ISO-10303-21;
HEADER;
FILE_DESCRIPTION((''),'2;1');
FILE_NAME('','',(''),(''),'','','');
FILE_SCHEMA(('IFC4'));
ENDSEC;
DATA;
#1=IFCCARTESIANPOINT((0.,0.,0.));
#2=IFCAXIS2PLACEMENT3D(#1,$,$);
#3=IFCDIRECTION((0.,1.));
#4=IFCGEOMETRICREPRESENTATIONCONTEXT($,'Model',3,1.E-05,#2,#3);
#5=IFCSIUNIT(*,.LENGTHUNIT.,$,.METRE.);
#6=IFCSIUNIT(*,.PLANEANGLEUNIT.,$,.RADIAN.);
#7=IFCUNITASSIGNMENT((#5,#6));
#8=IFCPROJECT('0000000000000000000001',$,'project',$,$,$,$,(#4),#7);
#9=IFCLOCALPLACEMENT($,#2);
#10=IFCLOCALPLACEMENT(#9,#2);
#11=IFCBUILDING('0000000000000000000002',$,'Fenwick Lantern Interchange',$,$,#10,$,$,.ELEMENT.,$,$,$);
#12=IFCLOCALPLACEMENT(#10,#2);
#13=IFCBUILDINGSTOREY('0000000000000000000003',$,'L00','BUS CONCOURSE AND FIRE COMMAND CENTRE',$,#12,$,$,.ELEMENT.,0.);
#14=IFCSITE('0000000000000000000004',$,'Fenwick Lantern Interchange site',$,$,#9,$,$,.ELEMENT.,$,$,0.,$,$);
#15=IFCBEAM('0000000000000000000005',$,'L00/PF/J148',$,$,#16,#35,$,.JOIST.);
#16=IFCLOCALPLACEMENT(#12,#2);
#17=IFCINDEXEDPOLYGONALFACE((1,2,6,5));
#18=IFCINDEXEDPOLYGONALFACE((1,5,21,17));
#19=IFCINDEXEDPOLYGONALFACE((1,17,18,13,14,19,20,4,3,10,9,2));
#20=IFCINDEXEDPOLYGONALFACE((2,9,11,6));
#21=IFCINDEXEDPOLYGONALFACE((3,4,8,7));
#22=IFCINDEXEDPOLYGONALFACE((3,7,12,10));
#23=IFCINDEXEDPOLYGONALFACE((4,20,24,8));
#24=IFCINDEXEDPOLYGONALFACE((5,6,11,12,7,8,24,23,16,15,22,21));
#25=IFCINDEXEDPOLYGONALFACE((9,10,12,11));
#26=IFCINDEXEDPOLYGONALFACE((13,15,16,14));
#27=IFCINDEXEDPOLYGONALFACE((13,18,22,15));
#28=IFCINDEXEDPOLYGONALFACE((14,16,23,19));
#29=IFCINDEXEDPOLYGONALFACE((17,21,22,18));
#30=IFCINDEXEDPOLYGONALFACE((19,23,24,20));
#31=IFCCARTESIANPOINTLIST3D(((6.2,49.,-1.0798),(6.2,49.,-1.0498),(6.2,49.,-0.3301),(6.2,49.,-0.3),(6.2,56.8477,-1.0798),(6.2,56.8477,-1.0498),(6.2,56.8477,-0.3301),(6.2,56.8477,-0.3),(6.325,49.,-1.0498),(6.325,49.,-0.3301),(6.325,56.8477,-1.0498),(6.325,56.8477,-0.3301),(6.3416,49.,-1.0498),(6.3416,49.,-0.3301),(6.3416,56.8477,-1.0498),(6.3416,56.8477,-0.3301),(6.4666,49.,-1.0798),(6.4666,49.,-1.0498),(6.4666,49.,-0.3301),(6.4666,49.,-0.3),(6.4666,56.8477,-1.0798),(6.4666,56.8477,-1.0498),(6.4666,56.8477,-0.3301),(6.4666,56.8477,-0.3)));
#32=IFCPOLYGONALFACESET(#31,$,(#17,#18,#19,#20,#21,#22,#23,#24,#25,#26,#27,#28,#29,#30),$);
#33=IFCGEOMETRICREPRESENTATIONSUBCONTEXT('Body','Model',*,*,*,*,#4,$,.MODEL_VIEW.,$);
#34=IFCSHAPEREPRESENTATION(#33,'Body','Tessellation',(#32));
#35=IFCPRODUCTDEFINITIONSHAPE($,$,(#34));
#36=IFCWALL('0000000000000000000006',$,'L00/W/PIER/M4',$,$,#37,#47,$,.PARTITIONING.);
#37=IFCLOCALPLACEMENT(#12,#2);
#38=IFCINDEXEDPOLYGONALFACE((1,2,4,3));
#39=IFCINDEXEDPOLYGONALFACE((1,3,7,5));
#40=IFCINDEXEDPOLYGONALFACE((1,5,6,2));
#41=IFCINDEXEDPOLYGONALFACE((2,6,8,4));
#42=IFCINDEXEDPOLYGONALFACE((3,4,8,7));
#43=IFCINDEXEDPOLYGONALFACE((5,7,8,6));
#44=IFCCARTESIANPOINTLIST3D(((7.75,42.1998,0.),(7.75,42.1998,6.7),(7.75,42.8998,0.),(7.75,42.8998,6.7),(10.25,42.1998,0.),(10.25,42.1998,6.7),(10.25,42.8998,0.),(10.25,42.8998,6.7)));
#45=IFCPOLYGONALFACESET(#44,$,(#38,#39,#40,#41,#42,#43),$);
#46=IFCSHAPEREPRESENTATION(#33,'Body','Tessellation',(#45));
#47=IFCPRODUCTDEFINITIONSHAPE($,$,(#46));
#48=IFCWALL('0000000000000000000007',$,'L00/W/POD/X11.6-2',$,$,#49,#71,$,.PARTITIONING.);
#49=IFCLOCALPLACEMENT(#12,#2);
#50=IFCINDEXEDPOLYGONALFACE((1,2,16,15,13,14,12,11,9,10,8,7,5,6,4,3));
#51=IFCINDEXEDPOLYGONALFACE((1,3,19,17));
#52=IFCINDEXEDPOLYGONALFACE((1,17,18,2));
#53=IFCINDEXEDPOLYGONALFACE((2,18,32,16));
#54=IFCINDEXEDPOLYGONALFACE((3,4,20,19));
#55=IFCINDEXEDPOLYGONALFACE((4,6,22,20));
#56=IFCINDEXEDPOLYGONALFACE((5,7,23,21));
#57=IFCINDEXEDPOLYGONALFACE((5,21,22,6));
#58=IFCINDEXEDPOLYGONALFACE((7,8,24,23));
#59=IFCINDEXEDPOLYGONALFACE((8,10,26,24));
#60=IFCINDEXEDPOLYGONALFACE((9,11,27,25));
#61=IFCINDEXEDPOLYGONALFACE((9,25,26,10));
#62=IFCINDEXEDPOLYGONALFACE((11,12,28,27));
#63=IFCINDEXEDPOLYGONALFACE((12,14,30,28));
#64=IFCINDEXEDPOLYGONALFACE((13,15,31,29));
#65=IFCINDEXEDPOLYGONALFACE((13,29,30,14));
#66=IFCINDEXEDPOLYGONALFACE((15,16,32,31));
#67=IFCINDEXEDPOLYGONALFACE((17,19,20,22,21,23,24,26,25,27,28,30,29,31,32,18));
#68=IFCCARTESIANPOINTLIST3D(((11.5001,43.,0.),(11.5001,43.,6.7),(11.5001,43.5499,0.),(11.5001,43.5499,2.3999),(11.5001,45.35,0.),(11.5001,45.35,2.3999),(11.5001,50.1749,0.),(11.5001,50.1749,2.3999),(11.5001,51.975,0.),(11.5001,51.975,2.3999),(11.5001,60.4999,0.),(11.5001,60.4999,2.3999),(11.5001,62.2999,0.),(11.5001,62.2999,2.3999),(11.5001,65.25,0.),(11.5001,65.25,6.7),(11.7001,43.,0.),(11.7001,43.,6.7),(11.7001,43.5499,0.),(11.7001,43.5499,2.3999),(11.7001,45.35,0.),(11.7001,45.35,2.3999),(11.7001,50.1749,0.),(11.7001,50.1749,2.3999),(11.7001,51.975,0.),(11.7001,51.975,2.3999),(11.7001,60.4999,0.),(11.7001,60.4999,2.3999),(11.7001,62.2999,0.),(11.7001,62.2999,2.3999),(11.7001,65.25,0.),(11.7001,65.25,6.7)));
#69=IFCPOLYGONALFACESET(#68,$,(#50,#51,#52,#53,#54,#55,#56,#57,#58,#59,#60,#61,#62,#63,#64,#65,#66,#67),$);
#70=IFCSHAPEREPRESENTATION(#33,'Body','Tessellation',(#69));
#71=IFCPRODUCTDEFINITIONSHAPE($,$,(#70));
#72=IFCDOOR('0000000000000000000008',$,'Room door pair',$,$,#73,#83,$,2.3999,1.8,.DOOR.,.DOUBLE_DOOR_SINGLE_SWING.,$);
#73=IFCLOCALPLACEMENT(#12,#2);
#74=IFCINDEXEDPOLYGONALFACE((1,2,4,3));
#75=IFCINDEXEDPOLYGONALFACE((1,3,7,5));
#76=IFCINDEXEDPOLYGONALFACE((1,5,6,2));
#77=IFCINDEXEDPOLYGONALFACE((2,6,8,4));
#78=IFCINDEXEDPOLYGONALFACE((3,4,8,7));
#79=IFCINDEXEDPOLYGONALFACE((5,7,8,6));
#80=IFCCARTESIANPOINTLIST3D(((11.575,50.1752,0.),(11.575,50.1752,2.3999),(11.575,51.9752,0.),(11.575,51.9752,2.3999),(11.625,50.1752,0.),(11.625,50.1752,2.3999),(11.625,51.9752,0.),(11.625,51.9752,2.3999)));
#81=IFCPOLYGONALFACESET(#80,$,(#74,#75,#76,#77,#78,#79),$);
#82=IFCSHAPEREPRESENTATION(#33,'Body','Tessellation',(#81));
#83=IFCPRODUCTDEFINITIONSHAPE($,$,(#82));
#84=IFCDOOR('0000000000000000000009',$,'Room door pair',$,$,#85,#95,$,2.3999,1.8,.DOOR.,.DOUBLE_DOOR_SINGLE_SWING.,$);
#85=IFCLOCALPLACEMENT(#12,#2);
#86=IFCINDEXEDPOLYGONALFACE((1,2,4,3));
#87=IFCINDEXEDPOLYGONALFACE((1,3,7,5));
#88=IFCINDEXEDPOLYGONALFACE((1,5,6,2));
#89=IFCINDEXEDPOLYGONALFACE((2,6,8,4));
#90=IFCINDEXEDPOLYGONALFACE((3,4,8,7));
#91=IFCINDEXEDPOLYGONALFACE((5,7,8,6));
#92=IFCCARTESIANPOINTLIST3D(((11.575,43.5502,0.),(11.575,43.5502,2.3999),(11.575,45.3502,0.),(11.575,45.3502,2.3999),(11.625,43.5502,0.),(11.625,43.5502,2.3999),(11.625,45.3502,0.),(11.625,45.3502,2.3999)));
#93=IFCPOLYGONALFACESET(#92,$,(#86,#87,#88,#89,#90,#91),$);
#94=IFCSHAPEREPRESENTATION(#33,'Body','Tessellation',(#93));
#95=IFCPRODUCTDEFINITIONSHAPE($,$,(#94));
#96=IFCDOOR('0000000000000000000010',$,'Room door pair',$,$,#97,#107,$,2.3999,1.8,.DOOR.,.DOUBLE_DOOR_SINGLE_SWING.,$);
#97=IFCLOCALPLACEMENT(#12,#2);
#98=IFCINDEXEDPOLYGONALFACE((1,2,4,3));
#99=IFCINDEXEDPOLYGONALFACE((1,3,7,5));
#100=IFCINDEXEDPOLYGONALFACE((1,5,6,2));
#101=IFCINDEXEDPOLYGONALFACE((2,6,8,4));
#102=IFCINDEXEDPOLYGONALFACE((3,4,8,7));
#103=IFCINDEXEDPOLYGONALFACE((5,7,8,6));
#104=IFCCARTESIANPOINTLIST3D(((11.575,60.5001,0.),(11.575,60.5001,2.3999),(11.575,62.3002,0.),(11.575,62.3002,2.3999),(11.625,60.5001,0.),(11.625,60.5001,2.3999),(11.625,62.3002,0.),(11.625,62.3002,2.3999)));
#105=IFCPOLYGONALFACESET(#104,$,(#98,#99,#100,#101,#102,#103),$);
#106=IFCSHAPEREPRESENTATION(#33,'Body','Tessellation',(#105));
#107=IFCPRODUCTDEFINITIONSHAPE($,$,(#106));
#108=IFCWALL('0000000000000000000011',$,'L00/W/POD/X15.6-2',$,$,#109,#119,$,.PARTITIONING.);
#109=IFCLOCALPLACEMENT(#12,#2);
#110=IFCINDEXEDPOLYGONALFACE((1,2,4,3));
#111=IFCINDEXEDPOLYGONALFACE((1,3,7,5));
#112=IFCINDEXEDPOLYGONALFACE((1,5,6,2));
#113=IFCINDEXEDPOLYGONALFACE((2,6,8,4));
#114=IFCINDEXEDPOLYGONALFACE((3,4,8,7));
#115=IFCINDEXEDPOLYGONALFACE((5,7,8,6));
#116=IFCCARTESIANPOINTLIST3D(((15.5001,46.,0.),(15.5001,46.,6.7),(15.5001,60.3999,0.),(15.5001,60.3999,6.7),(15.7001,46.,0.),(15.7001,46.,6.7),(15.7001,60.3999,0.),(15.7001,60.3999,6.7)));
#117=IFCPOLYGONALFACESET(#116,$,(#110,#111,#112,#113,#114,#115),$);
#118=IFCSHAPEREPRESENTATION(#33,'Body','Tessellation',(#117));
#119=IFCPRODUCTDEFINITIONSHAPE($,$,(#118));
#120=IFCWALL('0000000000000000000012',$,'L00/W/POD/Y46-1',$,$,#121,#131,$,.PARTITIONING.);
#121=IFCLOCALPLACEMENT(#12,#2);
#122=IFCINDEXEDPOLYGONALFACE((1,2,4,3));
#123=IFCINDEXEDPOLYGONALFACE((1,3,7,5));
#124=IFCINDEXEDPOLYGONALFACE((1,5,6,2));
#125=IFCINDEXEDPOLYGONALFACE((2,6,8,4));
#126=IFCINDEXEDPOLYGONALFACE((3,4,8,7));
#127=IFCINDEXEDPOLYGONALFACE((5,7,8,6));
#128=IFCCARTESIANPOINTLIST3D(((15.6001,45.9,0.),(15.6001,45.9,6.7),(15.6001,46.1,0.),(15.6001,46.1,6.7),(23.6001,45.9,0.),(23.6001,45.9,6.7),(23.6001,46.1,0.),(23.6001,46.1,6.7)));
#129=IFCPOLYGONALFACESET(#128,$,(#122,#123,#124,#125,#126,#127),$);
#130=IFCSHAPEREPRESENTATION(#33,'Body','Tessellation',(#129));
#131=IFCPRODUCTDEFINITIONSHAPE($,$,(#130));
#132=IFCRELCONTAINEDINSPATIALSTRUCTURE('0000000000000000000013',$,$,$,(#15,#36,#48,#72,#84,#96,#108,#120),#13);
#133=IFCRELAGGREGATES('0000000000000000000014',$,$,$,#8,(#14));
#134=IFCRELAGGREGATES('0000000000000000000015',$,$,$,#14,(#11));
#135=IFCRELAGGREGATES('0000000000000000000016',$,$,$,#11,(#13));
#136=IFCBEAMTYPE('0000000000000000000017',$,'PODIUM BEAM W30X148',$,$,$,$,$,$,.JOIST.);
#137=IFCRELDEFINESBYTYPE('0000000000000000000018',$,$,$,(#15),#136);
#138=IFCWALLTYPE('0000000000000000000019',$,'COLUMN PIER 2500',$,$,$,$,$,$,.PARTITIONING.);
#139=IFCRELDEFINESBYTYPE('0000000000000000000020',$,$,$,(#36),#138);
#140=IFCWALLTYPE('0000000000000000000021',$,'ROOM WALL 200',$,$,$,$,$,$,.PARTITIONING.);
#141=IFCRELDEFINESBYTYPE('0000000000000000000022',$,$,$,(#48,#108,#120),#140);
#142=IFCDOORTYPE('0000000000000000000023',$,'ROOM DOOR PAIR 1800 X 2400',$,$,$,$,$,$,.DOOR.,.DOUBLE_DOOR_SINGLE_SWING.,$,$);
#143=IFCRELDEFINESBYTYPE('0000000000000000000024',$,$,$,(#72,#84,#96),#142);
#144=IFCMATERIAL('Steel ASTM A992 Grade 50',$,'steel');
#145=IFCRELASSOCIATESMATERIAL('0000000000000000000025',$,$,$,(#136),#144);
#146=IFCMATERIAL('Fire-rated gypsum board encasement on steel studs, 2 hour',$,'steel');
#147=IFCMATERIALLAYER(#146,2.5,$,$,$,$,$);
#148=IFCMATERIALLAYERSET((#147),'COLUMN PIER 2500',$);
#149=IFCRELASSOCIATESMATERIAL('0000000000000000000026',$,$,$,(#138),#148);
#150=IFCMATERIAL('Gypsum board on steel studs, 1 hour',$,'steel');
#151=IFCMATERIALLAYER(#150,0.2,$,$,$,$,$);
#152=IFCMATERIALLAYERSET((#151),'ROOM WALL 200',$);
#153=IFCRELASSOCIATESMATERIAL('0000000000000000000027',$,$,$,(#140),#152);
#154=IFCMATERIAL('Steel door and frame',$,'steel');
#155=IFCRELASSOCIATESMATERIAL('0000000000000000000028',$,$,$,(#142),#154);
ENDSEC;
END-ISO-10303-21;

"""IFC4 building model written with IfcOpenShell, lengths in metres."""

from ifc_helpers import new_model, si_unit, direction, frame, frame_2d, origin, origin_2d, place, context, subcontext, project, spatial, rectangle, i_section, extrude, material, layer, layer_set, material_profile, profile_set, type_object, element, fill, save


model = new_model("IFC4")

# Units and contexts
model_context = context("Model", 3, precision=1e-05, world=origin(), true_north=direction((0.0, 1.0)))
body_context = subcontext(model_context, "Body", "Model", "MODEL_VIEW")
ifc_project = project(units=[si_unit("LENGTHUNIT", "METRE"), si_unit("PLANEANGLEUNIT", "RADIAN")], contexts=[model_context])

# Site, building, storey
site_placement = place(None, origin())
site = spatial("IfcSite", under=ifc_project, at=site_placement, Name="Fenwick Lantern Interchange site", CompositionType="ELEMENT", RefElevation=0.0)
building_placement = place(site_placement, origin())
building = spatial("IfcBuilding", under=site, at=building_placement, Name="Fenwick Lantern Interchange", CompositionType="ELEMENT")
storey_placement = place(building_placement, origin())
storey = spatial("IfcBuildingStorey", under=building, at=storey_placement, Name="L00", Description="BUS CONCOURSE AND FIRE COMMAND CENTRE", CompositionType="ELEMENT", Elevation=0.0)

# Beam
ifc_material_1 = material(Name="Steel ASTM A992 Grade 50", Category="steel")
ifc_material_profile_1 = material_profile(ifc_material_1, i_section(OverallWidth=0.2666, OverallDepth=0.7798, WebThickness=0.0166, FlangeThickness=0.03, at=origin_2d()), Name="W30X148")
ifc_profile_set_1 = profile_set([ifc_material_profile_1], Name="Steel ASTM A992 Grade 50")
beam_type_1 = type_object("IfcBeamType", Name="PODIUM BEAM W30X148", PredefinedType="JOIST", material=ifc_profile_set_1)
beam_1_placement = place(storey_placement, frame((6.3333, 49.0, -0.6899), z_axis=(0.0, 1.0, 0.0), x_axis=(-1.0, 0.0, 0.0)))
element("IfcBeam", 1, at=beam_1_placement, inside=storey, type_object=beam_type_1, Name="L00/PF/J148", PredefinedType="JOIST", context=body_context, shape_type="SweptSolid", body=[
    extrude(i_section(OverallWidth=0.2666, OverallDepth=0.7798, WebThickness=0.0166, FlangeThickness=0.03, at=origin_2d()), origin(), (0.0, 0.0, 1.0), 7.8477),
])

# Wall
ifc_material_2 = material(Name="Fire-rated gypsum board encasement on steel studs, 2 hour", Category="steel")
ifc_layer_1 = layer(ifc_material_2, 2.5)
ifc_layer_set_1 = layer_set([ifc_layer_1], Name="COLUMN PIER 2500")
wall_type_1 = type_object("IfcWallType", Name="COLUMN PIER 2500", PredefinedType="PARTITIONING", material=ifc_layer_set_1)
wall_1_placement = place(storey_placement, frame((9.0, 42.8999, 0.0), z_axis=(0.0, 0.0, 1.0), x_axis=(0.0, -1.0, 0.0)))
element("IfcWall", 2, at=wall_1_placement, inside=storey, type_object=wall_type_1, Name="L00/W/PIER/M4", PredefinedType="PARTITIONING", context=body_context, shape_type="SweptSolid", body=[
    extrude(rectangle(XDim=0.7, YDim=2.5, at=frame_2d((0.3501, 0.0))), origin(), (0.0, 0.0, 1.0), 6.7),
])

# Wall, openings, doors
ifc_material_3 = material(Name="Gypsum board on steel studs, 1 hour", Category="steel")
ifc_layer_2 = layer(ifc_material_3, 0.2)
ifc_layer_set_2 = layer_set([ifc_layer_2], Name="ROOM WALL 200")
wall_type_2 = type_object("IfcWallType", Name="ROOM WALL 200", PredefinedType="PARTITIONING", material=ifc_layer_set_2)
wall_2_placement = place(storey_placement, frame((11.6001, 43.0, 0.0), z_axis=(0.0, 0.0, 1.0), x_axis=(0.0, 1.0, 0.0)))
wall_2 = element("IfcWall", 3, at=wall_2_placement, inside=storey, type_object=wall_type_2, Name="L00/W/POD/X11.6-2", PredefinedType="PARTITIONING", context=body_context, shape_type="SweptSolid", body=[
    extrude(rectangle(XDim=22.25, YDim=0.2, at=frame_2d((11.125, 0.0))), origin(), (0.0, 0.0, 1.0), 6.7),
])
opening_1_placement = place(wall_2_placement, frame((7.175, 0.0, 0.0)))
opening_1 = element("IfcOpeningElement", 4, at=opening_1_placement, cuts=wall_2, PredefinedType="OPENING", context=body_context, shape_type="SweptSolid", body=[
    extrude(rectangle(XDim=1.8, YDim=2.3999, at=frame_2d((0.8999, 1.2))), frame((0.0, 0.1099, 0.0), z_axis=(0.0, -1.0, 0.0), x_axis=(1.0, 0.0, 0.0)), (0.0, 0.0, 1.0), 0.22),
])
opening_2_placement = place(wall_2_placement, frame((0.55, 0.0, 0.0)))
opening_2 = element("IfcOpeningElement", 5, at=opening_2_placement, cuts=wall_2, PredefinedType="OPENING", context=body_context, shape_type="SweptSolid", body=[
    extrude(rectangle(XDim=1.8, YDim=2.3999, at=frame_2d((0.8999, 1.2))), frame((0.0, 0.1099, 0.0), z_axis=(0.0, -1.0, 0.0), x_axis=(1.0, 0.0, 0.0)), (0.0, 0.0, 1.0), 0.22),
])
opening_3_placement = place(wall_2_placement, frame((17.5, 0.0, 0.0)))
opening_3 = element("IfcOpeningElement", 6, at=opening_3_placement, cuts=wall_2, PredefinedType="OPENING", context=body_context, shape_type="SweptSolid", body=[
    extrude(rectangle(XDim=1.8, YDim=2.3999, at=frame_2d((0.8999, 1.2))), frame((0.0, 0.1099, 0.0), z_axis=(0.0, -1.0, 0.0), x_axis=(1.0, 0.0, 0.0)), (0.0, 0.0, 1.0), 0.22),
])
ifc_material_4 = material(Name="Steel door and frame", Category="steel")
door_type = type_object("IfcDoorType", Name="ROOM DOOR PAIR 1800 X 2400", OperationType="DOUBLE_DOOR_SINGLE_SWING", PredefinedType="DOOR", material=ifc_material_4)
door_1_placement = place(opening_1_placement, frame((1.8, 0.0, 0.0), z_axis=(0.0, 0.0, 1.0), x_axis=(-1.0, 0.0, 0.0)))
door_1 = element("IfcDoor", 7, at=door_1_placement, inside=storey, type_object=door_type, Name="Room door pair", OperationType="DOUBLE_DOOR_SINGLE_SWING", OverallHeight=2.3999, OverallWidth=1.8, PredefinedType="DOOR", context=body_context, shape_type="SweptSolid", body=[
    extrude(rectangle(XDim=1.8, YDim=2.3999, at=frame_2d((0.8999, 1.2))), frame((0.0, 0.0249, 0.0), z_axis=(0.0, -1.0, 0.0), x_axis=(1.0, 0.0, 0.0)), (0.0, 0.0, 1.0), 0.05),
])
fill(opening_1, door_1)
door_2_placement = place(opening_2_placement, frame((1.8, 0.0, 0.0), z_axis=(0.0, 0.0, 1.0), x_axis=(-1.0, 0.0, 0.0)))
door_2 = element("IfcDoor", 8, at=door_2_placement, inside=storey, type_object=door_type, Name="Room door pair", OperationType="DOUBLE_DOOR_SINGLE_SWING", OverallHeight=2.3999, OverallWidth=1.8, PredefinedType="DOOR", context=body_context, shape_type="SweptSolid", body=[
    extrude(rectangle(XDim=1.8, YDim=2.3999, at=frame_2d((0.8999, 1.2))), frame((0.0, 0.0249, 0.0), z_axis=(0.0, -1.0, 0.0), x_axis=(1.0, 0.0, 0.0)), (0.0, 0.0, 1.0), 0.05),
])
fill(opening_2, door_2)
door_3_placement = place(opening_3_placement, frame((1.8, 0.0, 0.0), z_axis=(0.0, 0.0, 1.0), x_axis=(-1.0, 0.0, 0.0)))
door_3 = element("IfcDoor", 9, at=door_3_placement, inside=storey, type_object=door_type, Name="Room door pair", OperationType="DOUBLE_DOOR_SINGLE_SWING", OverallHeight=2.3999, OverallWidth=1.8, PredefinedType="DOOR", context=body_context, shape_type="SweptSolid", body=[
    extrude(rectangle(XDim=1.8, YDim=2.3999, at=frame_2d((0.8999, 1.2))), frame((0.0, 0.0249, 0.0), z_axis=(0.0, -1.0, 0.0), x_axis=(1.0, 0.0, 0.0)), (0.0, 0.0, 1.0), 0.05),
])
fill(opening_3, door_3)

# Walls
wall_3_placement = place(storey_placement, frame((15.6001, 46.0, 0.0), z_axis=(0.0, 0.0, 1.0), x_axis=(0.0, 1.0, 0.0)))
element("IfcWall", 10, at=wall_3_placement, inside=storey, type_object=wall_type_2, Name="L00/W/POD/X15.6-2", PredefinedType="PARTITIONING", context=body_context, shape_type="SweptSolid", body=[
    extrude(rectangle(XDim=14.3999, YDim=0.2, at=frame_2d((7.2, 0.0))), origin(), (0.0, 0.0, 1.0), 6.7),
])
wall_4_placement = place(storey_placement, frame((15.6001, 46.0, 0.0), z_axis=(0.0, 0.0, 1.0), x_axis=(1.0, 0.0, 0.0)))
element("IfcWall", 11, at=wall_4_placement, inside=storey, type_object=wall_type_2, Name="L00/W/POD/Y46-1", PredefinedType="PARTITIONING", context=body_context, shape_type="SweptSolid", body=[
    extrude(rectangle(XDim=8.0, YDim=0.2, at=frame_2d((4.0, 0.0))), origin(), (0.0, 0.0, 1.0), 6.7),
])

save(model, "model.ifc")
